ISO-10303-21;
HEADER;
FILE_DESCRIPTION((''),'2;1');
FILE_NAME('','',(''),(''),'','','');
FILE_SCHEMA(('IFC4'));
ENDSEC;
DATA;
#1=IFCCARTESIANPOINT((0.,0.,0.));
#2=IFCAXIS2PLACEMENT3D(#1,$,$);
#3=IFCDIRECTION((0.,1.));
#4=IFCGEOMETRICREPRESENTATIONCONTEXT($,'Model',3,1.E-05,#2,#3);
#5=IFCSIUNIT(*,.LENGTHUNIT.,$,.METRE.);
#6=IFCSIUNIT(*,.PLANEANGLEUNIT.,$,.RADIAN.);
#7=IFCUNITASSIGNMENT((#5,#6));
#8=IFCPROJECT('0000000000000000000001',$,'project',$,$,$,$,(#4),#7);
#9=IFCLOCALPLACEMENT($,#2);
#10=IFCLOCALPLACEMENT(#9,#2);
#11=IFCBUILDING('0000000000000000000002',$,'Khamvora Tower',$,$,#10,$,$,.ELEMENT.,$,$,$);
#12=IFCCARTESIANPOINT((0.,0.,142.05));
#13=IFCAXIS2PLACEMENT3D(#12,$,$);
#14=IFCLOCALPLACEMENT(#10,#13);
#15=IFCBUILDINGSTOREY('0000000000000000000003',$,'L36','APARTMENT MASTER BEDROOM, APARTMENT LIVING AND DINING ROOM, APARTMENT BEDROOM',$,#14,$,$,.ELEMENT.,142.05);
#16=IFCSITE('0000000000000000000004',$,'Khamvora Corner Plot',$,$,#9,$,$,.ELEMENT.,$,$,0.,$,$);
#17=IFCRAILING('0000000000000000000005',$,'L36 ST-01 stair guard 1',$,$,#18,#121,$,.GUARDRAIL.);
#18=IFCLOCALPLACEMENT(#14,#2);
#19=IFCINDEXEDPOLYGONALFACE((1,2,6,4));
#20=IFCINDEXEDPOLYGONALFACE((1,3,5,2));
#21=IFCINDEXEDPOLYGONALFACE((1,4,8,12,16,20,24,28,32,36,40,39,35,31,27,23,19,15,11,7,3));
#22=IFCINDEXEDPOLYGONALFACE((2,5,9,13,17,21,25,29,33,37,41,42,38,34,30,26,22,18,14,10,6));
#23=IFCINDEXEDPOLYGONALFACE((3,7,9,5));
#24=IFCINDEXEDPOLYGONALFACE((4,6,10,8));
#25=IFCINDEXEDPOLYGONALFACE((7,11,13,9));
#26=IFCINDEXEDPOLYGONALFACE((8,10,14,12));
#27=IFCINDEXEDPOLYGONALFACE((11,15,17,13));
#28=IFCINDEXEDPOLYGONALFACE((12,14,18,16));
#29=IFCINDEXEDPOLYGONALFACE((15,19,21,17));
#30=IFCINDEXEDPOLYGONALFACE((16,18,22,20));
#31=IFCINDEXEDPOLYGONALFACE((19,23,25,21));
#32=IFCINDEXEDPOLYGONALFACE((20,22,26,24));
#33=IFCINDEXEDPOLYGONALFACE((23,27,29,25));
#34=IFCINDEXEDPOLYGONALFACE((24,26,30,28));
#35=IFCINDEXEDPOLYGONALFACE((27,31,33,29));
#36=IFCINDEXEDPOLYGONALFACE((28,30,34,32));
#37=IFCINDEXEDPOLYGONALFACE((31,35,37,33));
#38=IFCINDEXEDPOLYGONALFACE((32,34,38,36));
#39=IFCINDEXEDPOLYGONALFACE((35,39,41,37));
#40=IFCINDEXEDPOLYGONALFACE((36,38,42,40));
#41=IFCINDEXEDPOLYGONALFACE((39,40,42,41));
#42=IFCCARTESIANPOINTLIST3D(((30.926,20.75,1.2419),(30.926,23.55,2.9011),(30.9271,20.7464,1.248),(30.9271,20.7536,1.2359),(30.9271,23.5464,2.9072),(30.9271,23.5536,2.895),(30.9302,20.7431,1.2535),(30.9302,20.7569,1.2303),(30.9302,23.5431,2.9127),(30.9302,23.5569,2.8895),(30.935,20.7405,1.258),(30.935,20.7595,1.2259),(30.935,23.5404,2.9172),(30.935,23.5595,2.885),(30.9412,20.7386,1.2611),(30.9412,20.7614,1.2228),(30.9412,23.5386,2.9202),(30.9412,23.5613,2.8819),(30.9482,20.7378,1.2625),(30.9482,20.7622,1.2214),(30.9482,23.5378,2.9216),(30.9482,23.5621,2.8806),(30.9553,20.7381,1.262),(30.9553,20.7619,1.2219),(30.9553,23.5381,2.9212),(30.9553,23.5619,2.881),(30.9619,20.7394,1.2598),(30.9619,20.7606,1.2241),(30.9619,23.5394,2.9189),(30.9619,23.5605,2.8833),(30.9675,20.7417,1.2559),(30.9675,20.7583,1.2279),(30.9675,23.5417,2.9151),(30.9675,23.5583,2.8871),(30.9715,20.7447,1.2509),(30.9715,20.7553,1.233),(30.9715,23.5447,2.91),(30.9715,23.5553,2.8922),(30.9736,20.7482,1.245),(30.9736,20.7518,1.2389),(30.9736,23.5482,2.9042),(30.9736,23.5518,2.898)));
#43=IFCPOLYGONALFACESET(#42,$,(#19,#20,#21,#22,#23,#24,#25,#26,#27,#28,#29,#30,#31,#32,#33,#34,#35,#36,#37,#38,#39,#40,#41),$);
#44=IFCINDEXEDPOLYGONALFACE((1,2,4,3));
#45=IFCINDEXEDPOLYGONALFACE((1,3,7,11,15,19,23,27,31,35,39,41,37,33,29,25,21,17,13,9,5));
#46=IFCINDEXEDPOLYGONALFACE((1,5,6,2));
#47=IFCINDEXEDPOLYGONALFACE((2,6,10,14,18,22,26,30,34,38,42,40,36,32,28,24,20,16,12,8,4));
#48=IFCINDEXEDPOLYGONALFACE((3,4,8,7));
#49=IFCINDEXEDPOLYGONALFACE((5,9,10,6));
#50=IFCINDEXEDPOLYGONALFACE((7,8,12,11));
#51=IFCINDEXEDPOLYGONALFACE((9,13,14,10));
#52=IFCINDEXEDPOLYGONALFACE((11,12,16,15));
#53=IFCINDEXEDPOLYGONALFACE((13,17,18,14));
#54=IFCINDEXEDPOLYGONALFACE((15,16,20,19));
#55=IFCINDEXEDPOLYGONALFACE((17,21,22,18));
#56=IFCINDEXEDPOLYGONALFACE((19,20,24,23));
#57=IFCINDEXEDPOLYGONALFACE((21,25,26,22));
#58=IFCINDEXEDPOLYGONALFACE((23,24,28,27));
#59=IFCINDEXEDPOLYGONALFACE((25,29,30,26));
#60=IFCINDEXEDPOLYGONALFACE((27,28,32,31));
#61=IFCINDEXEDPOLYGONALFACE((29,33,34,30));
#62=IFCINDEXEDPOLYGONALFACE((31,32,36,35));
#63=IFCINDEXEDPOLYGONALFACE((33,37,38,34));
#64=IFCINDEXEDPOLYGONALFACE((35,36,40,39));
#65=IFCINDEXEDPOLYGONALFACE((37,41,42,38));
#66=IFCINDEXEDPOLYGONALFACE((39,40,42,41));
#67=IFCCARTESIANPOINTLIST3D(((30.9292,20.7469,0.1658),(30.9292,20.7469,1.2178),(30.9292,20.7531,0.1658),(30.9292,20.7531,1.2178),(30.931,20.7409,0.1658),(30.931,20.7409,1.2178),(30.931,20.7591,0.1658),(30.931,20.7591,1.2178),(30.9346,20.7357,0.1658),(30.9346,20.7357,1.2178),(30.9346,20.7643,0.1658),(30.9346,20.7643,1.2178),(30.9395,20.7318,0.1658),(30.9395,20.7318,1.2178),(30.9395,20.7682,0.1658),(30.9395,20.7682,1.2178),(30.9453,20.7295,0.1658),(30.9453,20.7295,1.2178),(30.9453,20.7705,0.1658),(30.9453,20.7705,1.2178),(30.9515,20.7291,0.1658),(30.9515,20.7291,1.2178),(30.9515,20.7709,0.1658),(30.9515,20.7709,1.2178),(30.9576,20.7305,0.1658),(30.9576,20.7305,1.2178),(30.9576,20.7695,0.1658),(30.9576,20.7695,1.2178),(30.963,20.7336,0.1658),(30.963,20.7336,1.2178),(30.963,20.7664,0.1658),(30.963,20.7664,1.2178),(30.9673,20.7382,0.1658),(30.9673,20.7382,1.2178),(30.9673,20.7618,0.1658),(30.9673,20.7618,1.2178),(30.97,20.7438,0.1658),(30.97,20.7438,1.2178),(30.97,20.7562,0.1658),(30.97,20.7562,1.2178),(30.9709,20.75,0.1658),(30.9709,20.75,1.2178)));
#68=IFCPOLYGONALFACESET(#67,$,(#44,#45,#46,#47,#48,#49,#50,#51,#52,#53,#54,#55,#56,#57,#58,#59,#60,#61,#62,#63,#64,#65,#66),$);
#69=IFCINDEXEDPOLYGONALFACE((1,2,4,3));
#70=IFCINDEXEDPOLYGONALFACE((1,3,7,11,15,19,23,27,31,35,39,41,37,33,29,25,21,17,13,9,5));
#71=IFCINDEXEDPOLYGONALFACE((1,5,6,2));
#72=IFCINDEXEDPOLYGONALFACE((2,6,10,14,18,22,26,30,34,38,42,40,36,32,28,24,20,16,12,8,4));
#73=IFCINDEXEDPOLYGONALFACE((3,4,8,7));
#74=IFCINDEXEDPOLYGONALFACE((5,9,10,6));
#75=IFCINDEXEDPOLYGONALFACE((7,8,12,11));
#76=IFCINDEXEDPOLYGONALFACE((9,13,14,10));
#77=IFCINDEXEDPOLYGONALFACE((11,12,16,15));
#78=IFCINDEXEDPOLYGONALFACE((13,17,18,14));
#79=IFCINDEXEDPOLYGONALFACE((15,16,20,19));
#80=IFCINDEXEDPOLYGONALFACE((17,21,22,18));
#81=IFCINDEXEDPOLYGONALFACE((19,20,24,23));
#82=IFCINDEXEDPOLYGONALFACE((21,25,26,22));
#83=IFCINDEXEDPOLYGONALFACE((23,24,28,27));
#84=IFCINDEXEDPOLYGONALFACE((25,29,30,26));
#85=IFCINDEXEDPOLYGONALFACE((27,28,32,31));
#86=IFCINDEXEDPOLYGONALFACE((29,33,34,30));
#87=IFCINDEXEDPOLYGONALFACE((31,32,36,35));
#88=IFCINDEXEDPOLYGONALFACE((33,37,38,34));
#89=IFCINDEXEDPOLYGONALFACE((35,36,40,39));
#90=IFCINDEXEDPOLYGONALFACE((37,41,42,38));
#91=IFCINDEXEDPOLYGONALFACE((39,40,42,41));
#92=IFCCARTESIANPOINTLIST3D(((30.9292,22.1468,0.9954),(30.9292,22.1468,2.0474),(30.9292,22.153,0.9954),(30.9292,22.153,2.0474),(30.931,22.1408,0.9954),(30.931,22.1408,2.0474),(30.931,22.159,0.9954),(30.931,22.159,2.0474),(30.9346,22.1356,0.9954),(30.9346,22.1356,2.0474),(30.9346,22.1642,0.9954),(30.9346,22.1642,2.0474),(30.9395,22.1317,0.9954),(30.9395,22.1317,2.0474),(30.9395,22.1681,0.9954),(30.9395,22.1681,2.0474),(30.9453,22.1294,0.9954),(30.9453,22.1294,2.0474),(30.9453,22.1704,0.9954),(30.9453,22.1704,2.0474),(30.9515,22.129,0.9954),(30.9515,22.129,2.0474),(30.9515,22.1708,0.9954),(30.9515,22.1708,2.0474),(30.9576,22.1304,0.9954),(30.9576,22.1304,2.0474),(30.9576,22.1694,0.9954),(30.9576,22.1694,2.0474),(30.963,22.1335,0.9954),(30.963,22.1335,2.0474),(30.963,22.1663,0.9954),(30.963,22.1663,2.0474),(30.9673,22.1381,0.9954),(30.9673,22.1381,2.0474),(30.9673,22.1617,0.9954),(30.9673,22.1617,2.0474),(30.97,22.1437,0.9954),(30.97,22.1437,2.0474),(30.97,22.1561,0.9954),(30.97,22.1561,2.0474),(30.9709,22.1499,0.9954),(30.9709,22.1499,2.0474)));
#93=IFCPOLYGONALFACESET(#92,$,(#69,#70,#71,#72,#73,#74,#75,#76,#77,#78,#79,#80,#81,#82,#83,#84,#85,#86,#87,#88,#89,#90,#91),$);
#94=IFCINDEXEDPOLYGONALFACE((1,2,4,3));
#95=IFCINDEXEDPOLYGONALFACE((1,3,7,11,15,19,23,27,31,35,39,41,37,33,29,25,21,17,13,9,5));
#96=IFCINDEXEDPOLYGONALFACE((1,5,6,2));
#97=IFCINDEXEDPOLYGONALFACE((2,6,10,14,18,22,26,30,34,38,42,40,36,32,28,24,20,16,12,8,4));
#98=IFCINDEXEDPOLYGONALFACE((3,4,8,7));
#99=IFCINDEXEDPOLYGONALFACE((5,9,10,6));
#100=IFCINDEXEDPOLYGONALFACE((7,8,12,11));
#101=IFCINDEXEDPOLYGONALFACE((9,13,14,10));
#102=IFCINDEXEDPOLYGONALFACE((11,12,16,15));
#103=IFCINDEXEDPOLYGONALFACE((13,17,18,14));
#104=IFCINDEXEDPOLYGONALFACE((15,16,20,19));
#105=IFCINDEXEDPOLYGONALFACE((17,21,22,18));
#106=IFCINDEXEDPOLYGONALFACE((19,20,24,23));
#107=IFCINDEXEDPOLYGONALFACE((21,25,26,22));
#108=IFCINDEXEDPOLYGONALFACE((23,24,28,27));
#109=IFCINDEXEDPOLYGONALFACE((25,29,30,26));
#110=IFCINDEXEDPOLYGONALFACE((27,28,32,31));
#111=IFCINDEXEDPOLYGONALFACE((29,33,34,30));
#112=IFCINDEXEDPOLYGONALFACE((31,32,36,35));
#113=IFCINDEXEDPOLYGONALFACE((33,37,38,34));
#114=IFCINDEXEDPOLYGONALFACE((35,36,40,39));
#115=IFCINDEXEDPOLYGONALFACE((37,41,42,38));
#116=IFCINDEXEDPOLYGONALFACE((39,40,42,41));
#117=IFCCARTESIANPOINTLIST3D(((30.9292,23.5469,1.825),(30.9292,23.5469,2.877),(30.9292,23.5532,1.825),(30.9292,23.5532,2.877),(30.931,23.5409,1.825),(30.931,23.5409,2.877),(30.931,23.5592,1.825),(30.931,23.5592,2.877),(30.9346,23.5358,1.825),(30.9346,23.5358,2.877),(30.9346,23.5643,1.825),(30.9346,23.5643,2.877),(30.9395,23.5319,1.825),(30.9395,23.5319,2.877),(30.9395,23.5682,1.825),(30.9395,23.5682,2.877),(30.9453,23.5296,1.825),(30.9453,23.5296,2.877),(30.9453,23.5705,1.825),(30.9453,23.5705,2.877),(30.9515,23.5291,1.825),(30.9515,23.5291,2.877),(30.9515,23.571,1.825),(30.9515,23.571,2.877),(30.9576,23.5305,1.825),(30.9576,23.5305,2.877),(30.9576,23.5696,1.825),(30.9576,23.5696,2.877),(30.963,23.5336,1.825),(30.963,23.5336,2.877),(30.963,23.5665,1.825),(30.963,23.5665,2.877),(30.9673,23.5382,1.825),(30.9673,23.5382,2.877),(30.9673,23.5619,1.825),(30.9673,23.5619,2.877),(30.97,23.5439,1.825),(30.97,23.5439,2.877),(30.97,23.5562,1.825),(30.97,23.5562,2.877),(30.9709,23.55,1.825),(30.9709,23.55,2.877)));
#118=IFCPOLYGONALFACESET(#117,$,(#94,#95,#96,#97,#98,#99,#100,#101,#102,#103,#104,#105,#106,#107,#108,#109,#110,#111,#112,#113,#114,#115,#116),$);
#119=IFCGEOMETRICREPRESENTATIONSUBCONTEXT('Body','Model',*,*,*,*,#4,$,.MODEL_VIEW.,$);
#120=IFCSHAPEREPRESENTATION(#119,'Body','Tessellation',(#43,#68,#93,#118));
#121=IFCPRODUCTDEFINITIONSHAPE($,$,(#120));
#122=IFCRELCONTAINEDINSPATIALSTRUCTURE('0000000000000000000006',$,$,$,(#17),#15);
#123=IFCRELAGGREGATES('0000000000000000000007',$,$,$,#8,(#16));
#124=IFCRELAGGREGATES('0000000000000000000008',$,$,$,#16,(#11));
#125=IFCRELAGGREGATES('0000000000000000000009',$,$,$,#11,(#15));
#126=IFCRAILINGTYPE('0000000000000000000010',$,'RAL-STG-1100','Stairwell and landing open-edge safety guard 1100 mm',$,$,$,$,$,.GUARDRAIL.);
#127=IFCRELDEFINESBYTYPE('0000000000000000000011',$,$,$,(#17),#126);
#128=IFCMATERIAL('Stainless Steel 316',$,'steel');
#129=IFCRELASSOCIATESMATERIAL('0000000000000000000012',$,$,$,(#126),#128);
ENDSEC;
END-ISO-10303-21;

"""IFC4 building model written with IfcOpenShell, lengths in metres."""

from ifc_helpers import new_model, si_unit, direction, frame, origin, origin_2d, place, context, subcontext, project, spatial, circle, extrude, material, type_object, element, save


model = new_model("IFC4")

# Units and contexts
model_context = context("Model", 3, precision=1e-05, world=origin(), true_north=direction((0.0, 1.0)))
body_context = subcontext(model_context, "Body", "Model", "MODEL_VIEW")
ifc_project = project(units=[si_unit("LENGTHUNIT", "METRE"), si_unit("PLANEANGLEUNIT", "RADIAN")], contexts=[model_context])

# Site, building, storey
site_placement = place(None, origin())
site = spatial("IfcSite", under=ifc_project, at=site_placement, Name="Khamvora Corner Plot", CompositionType="ELEMENT", RefElevation=0.0)
building_placement = place(site_placement, origin())
building = spatial("IfcBuilding", under=site, at=building_placement, Name="Khamvora Tower", CompositionType="ELEMENT")
storey_placement = place(building_placement, frame((0.0, 0.0, 142.05)))
storey = spatial("IfcBuildingStorey", under=building, at=storey_placement, Name="L36", Description="APARTMENT MASTER BEDROOM, APARTMENT LIVING AND DINING ROOM, APARTMENT BEDROOM", CompositionType="ELEMENT", Elevation=142.05)

# Railing
ifc_material_1 = material(Name="Stainless Steel 316", Category="steel")
railing_type_1 = type_object("IfcRailingType", Name="RAL-STG-1100", Description="Stairwell and landing open-edge safety guard 1100 mm", PredefinedType="GUARDRAIL", material=ifc_material_1)
railing_1_placement = place(storey_placement, frame((30.95, 20.75, 0.1658)))
element("IfcRailing", 1, at=railing_1_placement, inside=storey, type_object=railing_type_1, Name="L36 ST-01 stair guard 1", PredefinedType="GUARDRAIL", context=body_context, shape_type="SweptSolid", body=[
    extrude(circle(Radius=0.0239, at=origin_2d()), frame((0.0, 0.0, 1.0762), z_axis=(0.0, 0.860306, 0.509778), x_axis=(-1.0, 0.0, 0.0)), (0.0, 0.0, 1.0), 3.2546),
    extrude(circle(Radius=0.021, at=origin_2d()), origin(), (0.0, 0.0, 1.0), 1.052),
    extrude(circle(Radius=0.021, at=origin_2d()), frame((0.0, 1.3999, 0.8296)), (0.0, 0.0, 1.0), 1.052),
    extrude(circle(Radius=0.021, at=origin_2d()), frame((0.0, 2.8, 1.6592)), (0.0, 0.0, 1.0), 1.052),
])

save(model, "model.ifc")
